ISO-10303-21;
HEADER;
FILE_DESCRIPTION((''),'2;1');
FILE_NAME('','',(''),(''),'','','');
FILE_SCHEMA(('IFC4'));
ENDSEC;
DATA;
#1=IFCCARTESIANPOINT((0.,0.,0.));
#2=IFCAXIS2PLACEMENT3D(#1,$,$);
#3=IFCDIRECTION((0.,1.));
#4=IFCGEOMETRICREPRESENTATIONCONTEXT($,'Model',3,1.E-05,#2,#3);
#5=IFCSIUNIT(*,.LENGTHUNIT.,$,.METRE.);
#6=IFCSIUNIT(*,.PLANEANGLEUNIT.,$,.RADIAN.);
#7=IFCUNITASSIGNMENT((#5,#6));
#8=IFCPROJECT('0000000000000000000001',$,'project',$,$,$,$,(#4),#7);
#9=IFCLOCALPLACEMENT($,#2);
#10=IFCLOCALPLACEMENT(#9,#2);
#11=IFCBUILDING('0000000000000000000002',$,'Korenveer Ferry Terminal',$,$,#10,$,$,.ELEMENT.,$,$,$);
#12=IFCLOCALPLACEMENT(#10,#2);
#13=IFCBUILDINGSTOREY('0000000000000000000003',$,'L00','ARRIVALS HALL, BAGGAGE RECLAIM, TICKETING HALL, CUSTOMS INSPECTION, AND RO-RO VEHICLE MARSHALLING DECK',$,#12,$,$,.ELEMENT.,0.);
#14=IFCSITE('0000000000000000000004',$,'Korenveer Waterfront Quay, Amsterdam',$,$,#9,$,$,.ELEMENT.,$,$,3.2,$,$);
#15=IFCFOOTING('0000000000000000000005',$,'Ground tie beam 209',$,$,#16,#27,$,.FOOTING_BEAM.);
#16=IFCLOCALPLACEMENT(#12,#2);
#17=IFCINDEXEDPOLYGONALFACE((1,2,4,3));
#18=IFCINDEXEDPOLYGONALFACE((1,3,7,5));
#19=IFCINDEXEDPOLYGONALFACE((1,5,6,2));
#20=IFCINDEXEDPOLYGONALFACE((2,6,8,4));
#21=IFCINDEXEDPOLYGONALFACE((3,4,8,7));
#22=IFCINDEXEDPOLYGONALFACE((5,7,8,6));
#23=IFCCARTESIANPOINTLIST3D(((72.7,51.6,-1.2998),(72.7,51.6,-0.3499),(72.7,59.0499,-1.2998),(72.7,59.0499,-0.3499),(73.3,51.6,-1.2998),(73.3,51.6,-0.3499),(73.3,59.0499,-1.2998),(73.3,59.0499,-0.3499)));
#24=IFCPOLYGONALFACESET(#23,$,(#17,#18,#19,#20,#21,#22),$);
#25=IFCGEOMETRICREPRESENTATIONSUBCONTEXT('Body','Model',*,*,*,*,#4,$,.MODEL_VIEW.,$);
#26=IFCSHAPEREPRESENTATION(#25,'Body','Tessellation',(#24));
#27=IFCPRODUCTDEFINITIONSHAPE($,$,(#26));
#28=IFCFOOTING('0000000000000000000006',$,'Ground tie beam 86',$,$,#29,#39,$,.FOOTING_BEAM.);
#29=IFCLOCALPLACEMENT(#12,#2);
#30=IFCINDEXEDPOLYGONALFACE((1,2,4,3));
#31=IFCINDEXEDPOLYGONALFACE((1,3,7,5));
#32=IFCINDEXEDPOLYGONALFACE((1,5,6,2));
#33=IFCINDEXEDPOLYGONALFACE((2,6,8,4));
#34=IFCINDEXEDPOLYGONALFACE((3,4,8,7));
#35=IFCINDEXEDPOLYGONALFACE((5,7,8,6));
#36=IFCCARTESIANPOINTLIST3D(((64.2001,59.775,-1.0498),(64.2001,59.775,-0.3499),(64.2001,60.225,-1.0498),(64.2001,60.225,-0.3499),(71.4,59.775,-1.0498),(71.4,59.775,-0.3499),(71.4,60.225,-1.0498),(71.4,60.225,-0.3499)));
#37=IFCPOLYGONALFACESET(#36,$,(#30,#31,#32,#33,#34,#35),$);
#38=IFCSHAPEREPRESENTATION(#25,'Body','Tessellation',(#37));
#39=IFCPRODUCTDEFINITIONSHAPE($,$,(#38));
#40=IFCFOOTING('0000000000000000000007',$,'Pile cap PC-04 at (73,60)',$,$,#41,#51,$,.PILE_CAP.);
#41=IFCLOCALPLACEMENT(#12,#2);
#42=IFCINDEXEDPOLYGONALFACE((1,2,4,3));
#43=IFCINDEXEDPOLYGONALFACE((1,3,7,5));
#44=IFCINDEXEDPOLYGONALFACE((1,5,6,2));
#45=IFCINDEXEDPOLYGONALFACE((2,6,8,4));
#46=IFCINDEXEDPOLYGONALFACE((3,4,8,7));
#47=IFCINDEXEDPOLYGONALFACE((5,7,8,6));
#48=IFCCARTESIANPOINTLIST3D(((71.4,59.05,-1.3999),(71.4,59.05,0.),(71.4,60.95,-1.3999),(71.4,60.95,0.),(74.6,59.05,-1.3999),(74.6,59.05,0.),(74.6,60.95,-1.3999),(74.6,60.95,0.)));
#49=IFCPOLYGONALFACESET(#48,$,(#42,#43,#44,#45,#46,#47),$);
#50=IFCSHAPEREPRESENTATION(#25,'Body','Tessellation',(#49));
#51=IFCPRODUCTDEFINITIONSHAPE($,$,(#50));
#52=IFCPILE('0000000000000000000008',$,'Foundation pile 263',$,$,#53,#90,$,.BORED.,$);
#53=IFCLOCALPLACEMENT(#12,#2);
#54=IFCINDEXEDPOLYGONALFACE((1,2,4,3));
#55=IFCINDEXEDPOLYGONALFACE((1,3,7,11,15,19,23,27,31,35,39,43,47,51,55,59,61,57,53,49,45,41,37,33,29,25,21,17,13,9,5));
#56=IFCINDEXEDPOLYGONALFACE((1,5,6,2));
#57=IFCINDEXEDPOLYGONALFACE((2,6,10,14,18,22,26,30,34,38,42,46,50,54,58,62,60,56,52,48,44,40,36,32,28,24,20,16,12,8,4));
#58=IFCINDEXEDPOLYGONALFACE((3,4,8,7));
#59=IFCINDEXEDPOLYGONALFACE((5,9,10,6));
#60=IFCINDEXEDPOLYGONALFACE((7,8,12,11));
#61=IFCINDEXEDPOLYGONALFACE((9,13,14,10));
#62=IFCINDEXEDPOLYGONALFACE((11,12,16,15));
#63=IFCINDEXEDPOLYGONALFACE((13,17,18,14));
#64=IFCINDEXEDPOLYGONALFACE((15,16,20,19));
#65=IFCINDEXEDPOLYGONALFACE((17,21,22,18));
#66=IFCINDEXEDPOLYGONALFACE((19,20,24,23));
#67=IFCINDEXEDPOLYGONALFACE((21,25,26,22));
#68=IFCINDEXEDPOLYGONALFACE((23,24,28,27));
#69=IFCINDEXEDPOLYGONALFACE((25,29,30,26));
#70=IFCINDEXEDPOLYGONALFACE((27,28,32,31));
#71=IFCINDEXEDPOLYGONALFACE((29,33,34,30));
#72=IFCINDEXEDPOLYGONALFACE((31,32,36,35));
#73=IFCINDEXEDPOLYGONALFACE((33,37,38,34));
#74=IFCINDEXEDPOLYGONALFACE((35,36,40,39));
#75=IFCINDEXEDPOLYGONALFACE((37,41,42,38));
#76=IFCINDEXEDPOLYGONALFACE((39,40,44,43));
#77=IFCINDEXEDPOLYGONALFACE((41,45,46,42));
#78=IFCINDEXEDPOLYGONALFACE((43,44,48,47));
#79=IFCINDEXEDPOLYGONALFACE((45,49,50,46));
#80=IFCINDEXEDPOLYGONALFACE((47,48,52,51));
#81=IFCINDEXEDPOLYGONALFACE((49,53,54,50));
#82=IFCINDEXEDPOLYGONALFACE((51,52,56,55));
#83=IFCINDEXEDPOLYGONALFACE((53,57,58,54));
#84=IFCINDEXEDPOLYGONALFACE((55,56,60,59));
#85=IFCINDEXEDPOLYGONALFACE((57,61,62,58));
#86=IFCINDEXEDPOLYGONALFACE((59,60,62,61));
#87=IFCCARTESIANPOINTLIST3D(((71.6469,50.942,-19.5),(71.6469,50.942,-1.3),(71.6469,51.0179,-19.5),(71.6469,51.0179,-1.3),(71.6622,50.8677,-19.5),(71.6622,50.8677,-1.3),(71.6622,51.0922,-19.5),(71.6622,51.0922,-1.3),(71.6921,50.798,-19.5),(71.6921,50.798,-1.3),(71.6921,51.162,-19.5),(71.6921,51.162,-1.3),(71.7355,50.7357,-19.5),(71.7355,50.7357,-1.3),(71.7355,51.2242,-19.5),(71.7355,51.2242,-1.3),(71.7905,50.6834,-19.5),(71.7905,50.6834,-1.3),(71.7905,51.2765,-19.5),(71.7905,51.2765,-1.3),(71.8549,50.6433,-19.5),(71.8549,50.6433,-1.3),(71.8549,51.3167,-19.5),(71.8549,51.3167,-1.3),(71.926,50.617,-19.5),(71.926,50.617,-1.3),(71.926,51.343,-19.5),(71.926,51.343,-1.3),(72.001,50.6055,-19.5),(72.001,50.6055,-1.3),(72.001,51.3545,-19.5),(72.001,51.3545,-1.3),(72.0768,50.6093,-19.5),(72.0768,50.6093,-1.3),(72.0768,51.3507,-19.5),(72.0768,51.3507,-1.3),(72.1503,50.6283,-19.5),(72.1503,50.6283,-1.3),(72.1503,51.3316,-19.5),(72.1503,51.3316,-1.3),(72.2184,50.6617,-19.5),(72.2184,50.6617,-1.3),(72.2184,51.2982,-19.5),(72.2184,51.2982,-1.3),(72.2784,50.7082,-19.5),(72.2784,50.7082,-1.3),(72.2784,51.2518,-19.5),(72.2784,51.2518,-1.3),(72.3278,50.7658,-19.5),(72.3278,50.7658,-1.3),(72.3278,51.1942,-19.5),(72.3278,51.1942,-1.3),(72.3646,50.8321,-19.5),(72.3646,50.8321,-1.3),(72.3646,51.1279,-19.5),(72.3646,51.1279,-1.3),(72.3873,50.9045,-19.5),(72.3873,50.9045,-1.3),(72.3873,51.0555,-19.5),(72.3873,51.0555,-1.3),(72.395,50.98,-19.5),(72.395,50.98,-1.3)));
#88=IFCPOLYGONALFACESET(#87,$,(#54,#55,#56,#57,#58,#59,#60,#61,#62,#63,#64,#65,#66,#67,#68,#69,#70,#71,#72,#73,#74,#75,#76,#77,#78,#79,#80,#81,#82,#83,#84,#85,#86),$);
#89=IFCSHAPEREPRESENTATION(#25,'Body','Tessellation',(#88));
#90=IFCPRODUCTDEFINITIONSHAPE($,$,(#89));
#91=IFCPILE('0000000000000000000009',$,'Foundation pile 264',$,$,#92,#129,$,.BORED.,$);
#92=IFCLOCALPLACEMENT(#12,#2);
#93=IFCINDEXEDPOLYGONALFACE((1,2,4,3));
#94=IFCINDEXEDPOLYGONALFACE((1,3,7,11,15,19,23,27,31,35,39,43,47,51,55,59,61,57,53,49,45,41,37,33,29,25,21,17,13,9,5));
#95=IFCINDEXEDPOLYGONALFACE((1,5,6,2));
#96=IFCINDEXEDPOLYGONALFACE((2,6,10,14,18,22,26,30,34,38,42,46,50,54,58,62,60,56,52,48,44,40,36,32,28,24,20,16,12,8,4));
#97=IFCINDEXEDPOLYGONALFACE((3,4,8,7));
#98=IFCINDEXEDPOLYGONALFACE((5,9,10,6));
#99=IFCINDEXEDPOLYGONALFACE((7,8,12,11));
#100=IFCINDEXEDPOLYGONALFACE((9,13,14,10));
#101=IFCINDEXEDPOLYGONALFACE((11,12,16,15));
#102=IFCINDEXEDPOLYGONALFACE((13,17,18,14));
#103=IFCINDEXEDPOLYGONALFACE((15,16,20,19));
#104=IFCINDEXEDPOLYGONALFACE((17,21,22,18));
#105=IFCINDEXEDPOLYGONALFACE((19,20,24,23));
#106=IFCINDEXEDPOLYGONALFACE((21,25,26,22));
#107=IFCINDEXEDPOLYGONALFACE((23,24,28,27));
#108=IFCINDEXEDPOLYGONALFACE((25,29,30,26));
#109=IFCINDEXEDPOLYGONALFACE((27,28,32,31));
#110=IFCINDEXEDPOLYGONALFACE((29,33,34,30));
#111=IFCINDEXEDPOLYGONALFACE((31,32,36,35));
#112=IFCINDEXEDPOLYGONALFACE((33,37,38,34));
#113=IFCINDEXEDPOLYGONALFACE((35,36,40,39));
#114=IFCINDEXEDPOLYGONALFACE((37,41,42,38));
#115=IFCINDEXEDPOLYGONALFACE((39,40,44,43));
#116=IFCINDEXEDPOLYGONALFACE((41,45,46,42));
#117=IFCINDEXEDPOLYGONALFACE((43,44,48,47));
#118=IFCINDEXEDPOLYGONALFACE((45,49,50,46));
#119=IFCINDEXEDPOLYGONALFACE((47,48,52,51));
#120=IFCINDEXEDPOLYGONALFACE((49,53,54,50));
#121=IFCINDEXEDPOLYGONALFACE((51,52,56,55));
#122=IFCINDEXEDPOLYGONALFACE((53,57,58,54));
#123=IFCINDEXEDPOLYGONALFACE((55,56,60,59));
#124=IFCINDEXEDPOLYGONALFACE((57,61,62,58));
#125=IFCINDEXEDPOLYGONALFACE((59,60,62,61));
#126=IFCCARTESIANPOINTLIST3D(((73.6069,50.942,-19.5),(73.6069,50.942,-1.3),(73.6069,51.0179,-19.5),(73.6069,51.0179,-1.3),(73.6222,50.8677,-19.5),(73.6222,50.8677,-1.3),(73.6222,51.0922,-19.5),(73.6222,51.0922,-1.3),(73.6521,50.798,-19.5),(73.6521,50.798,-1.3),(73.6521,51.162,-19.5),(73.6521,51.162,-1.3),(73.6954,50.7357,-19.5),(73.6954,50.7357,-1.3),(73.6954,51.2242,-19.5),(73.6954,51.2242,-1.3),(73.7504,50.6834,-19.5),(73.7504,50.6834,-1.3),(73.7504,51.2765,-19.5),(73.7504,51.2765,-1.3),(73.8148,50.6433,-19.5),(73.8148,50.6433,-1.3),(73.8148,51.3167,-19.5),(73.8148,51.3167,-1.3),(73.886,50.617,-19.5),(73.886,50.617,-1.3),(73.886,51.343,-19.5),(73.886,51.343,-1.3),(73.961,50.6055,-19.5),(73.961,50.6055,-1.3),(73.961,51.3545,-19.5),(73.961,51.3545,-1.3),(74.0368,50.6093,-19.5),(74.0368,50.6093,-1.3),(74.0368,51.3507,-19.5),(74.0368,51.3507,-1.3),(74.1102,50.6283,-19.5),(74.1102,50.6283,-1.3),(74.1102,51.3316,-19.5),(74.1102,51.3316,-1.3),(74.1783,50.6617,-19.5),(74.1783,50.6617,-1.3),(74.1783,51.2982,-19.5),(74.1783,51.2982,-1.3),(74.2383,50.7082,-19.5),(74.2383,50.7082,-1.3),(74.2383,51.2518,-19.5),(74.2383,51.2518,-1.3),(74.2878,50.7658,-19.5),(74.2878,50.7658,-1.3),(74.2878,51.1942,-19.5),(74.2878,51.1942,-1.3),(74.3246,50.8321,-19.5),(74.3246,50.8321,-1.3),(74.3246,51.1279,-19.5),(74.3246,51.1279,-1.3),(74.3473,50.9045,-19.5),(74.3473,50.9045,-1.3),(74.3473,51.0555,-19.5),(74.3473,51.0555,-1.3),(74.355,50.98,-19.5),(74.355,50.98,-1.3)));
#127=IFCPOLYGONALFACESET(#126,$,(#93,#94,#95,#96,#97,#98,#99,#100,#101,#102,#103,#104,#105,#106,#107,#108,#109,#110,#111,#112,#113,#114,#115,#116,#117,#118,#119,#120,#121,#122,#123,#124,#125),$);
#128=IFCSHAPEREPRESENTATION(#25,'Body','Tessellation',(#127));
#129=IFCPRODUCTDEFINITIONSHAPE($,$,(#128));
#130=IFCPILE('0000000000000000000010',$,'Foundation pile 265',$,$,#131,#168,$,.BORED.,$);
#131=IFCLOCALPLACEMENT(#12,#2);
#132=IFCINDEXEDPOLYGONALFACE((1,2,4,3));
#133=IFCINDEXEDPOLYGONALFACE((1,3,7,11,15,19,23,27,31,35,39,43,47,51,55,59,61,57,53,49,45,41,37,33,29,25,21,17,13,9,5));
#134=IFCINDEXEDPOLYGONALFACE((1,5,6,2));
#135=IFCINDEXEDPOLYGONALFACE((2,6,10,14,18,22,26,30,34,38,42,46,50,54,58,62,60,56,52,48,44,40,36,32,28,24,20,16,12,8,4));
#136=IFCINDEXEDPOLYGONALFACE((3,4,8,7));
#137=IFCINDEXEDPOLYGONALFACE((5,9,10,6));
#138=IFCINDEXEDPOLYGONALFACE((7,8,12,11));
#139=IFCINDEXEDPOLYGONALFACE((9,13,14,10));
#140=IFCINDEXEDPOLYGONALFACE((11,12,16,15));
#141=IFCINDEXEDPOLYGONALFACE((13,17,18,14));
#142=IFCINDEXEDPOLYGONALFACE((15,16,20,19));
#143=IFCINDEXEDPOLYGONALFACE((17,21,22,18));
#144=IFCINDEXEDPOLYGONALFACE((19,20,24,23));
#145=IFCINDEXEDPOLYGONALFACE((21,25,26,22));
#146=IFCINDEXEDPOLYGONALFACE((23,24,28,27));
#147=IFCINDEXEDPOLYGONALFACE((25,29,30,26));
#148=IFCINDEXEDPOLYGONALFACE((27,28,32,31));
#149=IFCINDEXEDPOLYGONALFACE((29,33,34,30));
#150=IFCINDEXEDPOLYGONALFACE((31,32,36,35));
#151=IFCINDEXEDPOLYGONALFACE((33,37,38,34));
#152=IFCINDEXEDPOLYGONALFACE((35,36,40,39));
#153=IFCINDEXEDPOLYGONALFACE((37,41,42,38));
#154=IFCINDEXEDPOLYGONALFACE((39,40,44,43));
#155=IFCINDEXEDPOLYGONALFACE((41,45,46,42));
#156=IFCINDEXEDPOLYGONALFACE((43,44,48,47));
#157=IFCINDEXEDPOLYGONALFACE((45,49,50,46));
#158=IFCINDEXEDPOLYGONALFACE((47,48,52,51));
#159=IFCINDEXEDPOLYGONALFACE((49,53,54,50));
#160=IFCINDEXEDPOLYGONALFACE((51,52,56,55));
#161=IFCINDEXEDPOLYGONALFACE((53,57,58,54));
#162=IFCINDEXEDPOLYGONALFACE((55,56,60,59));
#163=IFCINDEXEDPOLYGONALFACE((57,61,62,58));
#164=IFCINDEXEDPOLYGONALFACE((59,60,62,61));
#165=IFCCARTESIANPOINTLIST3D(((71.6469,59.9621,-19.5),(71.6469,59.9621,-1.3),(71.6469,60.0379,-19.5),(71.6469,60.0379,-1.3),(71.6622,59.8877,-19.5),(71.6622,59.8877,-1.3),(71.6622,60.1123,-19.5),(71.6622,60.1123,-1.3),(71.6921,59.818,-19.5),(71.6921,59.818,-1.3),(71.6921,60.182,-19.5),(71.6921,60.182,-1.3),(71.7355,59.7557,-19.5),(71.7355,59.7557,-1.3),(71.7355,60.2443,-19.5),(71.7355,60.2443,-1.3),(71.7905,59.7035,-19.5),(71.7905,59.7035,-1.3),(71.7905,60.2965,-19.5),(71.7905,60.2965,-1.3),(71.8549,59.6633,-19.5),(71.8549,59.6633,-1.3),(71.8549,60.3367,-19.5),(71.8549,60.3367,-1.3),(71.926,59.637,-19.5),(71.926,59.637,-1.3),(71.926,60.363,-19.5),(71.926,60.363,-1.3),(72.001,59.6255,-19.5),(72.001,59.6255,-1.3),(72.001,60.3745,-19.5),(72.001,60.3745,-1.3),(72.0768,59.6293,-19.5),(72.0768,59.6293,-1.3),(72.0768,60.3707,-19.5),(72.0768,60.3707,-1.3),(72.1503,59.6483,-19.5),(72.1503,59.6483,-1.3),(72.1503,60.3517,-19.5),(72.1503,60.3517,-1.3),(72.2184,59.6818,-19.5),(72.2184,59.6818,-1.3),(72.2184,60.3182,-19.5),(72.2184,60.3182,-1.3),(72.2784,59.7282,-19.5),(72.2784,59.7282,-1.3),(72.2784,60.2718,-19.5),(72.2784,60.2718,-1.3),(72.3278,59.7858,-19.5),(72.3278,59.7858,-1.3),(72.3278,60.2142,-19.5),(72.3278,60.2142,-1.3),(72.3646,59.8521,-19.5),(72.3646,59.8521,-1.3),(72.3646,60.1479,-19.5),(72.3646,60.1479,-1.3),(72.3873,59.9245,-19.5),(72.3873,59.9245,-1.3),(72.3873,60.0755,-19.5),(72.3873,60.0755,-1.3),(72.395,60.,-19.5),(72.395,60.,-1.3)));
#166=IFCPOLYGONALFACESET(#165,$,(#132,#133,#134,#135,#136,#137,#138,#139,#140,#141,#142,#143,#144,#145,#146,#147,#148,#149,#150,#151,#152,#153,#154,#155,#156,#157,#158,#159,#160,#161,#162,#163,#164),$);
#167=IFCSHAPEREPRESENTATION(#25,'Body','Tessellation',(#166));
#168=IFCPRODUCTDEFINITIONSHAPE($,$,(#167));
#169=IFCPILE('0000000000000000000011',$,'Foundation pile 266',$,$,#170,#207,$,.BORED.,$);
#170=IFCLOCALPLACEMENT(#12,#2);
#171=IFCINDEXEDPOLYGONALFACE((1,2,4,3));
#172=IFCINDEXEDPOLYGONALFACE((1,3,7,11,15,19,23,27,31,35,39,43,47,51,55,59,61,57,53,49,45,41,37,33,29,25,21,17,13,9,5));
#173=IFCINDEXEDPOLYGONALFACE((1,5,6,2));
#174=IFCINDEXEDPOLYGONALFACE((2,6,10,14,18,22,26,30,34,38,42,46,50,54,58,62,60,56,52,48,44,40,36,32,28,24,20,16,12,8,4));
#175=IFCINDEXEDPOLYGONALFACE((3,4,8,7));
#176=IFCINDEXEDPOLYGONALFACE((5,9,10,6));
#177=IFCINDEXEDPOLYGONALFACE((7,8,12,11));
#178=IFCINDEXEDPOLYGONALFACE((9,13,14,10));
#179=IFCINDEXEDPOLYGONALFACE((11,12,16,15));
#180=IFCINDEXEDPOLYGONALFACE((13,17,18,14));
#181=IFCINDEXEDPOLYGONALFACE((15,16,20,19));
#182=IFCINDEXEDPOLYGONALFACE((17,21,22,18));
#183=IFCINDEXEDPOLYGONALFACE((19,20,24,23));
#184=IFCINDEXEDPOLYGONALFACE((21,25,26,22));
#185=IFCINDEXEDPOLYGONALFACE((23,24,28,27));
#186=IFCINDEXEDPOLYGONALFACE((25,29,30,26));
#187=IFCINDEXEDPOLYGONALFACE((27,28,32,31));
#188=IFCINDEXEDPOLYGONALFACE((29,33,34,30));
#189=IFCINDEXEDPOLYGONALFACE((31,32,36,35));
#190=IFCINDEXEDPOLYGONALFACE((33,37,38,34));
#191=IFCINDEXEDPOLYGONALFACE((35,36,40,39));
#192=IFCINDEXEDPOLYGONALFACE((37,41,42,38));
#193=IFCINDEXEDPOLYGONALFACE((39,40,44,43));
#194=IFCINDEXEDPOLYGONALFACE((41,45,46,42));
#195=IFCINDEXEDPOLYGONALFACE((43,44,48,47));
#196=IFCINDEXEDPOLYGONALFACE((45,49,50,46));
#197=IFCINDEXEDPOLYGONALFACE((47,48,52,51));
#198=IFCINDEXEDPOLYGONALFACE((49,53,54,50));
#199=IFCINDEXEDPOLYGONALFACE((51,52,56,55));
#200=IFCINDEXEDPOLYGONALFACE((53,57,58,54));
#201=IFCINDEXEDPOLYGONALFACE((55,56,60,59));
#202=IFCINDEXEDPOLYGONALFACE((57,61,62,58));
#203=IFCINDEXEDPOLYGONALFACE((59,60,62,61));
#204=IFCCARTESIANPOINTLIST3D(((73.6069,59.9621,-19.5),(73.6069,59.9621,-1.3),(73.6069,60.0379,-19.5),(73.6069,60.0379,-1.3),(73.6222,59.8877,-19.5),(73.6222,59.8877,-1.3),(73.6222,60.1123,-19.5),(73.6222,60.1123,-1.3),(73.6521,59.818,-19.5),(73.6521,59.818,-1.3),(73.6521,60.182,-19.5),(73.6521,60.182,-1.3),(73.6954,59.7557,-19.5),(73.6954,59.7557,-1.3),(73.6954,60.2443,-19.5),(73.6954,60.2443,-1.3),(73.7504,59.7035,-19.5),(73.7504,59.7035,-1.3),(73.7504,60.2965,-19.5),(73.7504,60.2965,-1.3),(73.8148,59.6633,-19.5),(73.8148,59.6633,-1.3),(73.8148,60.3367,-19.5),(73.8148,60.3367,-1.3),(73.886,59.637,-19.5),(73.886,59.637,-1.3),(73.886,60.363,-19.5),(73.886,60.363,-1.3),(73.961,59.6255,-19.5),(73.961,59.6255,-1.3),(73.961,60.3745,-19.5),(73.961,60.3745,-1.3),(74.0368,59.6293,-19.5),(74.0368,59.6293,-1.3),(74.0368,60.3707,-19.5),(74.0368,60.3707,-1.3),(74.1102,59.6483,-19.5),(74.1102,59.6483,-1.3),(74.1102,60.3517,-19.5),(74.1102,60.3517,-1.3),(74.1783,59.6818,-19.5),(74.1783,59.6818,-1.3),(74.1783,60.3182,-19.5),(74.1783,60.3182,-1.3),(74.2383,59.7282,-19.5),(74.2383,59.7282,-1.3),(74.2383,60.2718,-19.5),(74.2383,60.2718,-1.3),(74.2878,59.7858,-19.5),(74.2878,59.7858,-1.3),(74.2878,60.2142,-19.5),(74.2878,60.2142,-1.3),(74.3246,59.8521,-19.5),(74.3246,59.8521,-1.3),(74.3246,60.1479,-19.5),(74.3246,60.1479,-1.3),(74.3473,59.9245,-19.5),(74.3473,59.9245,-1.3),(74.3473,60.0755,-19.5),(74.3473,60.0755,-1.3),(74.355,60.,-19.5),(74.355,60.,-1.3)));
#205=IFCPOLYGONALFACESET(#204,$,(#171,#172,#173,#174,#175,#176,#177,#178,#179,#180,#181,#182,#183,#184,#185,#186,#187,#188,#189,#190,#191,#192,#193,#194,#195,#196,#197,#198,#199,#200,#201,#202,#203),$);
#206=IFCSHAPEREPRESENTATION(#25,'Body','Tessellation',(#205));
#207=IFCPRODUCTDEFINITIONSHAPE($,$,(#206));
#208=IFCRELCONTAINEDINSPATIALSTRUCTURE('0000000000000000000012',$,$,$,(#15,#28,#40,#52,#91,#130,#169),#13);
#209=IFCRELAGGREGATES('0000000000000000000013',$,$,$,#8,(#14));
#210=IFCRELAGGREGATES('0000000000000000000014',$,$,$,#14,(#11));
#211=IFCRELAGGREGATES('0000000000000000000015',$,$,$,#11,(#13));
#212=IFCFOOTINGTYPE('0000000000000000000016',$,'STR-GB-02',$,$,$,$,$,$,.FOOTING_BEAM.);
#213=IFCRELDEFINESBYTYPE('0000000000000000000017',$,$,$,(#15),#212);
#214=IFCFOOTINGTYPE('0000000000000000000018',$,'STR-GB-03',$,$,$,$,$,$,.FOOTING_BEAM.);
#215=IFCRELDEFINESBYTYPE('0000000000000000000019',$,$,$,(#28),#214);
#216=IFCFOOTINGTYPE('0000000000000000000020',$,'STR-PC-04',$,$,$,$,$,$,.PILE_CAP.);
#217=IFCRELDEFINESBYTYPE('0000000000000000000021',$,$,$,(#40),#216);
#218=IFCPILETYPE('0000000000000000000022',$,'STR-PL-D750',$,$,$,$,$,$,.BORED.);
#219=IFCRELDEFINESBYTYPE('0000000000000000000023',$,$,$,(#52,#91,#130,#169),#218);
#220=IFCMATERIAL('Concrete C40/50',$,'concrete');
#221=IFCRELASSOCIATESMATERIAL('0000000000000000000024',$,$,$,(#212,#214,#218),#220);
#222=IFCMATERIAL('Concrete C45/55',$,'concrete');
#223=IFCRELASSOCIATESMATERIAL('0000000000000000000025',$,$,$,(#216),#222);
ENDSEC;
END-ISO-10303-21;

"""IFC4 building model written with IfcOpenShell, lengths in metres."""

from ifc_helpers import new_model, si_unit, direction, frame, origin, origin_2d, place, context, subcontext, project, spatial, rectangle, circle, extrude, material, material_profile, profile_set, type_object, element, save


model = new_model("IFC4")

# Units and contexts
model_context = context("Model", 3, precision=1e-05, world=origin(), true_north=direction((0.0, 1.0)))
body_context = subcontext(model_context, "Body", "Model", "MODEL_VIEW")
ifc_project = project(units=[si_unit("LENGTHUNIT", "METRE"), si_unit("PLANEANGLEUNIT", "RADIAN")], contexts=[model_context])

# Site, building, storey
site_placement = place(None, origin())
site = spatial("IfcSite", under=ifc_project, at=site_placement, Name="Korenveer Waterfront Quay, Amsterdam", CompositionType="ELEMENT", RefElevation=3.2)
building_placement = place(site_placement, origin())
building = spatial("IfcBuilding", under=site, at=building_placement, Name="Korenveer Ferry Terminal", CompositionType="ELEMENT")
storey_placement = place(building_placement, origin())
storey = spatial("IfcBuildingStorey", under=building, at=storey_placement, Name="L00", Description="ARRIVALS HALL, BAGGAGE RECLAIM, TICKETING HALL, CUSTOMS INSPECTION, AND RO-RO VEHICLE MARSHALLING DECK", CompositionType="ELEMENT", Elevation=0.0)

# Footings
ifc_material_1 = material(Name="Concrete C40/50", Category="concrete")
footing_type_1 = type_object("IfcFootingType", Name="STR-GB-02", PredefinedType="FOOTING_BEAM", material=ifc_material_1)
footing_1_placement = place(storey_placement, frame((73.0, 55.325, -1.2998), z_axis=(0.0, 0.0, 1.0), x_axis=(1.0, 0.0, 0.0)))
element("IfcFooting", 1, at=footing_1_placement, inside=storey, type_object=footing_type_1, Name="Ground tie beam 209", PredefinedType="FOOTING_BEAM", context=body_context, shape_type="SweptSolid", body=[
    extrude(rectangle(XDim=0.6001, YDim=7.45, at=origin_2d()), origin(), (0.0, 0.0, 1.0), 0.95),
])
footing_type_2 = type_object("IfcFootingType", Name="STR-GB-03", PredefinedType="FOOTING_BEAM", material=ifc_material_1)
footing_2_placement = place(storey_placement, frame((67.8, 60.0, -1.0498), z_axis=(0.0, 0.0, 1.0), x_axis=(1.0, 0.0, 0.0)))
element("IfcFooting", 2, at=footing_2_placement, inside=storey, type_object=footing_type_2, Name="Ground tie beam 86", PredefinedType="FOOTING_BEAM", context=body_context, shape_type="SweptSolid", body=[
    extrude(rectangle(XDim=7.2, YDim=0.45, at=origin_2d()), origin(), (0.0, 0.0, 1.0), 0.7),
])
ifc_material_2 = material(Name="Concrete C45/55", Category="concrete")
footing_type_3 = type_object("IfcFootingType", Name="STR-PC-04", PredefinedType="PILE_CAP", material=ifc_material_2)
footing_3_placement = place(storey_placement, frame((73.0, 60.0, -1.3999), z_axis=(0.0, 0.0, 1.0), x_axis=(1.0, 0.0, 0.0)))
element("IfcFooting", 3, at=footing_3_placement, inside=storey, type_object=footing_type_3, Name="Pile cap PC-04 at (73,60)", PredefinedType="PILE_CAP", context=body_context, shape_type="SweptSolid", body=[
    extrude(rectangle(XDim=3.2, YDim=1.8999, at=origin_2d()), origin(), (0.0, 0.0, 1.0), 1.3999),
])

# Piles
ifc_material_profile_1 = material_profile(ifc_material_1, circle(Radius=0.375, at=origin_2d()), Name="PILE D750")
ifc_profile_set_1 = profile_set([ifc_material_profile_1], Name="Concrete C40/50")
pile_type = type_object("IfcPileType", Name="STR-PL-D750", PredefinedType="BORED", material=ifc_profile_set_1)
for number, where, z_axis, x_axis, name in (
    (4, (72.02, 50.98, -1.3), (0.0, 0.0, -1.0), (1.0, 0.0, 0.0), "Foundation pile 263"),
    (5, (73.98, 50.98, -1.3), (0.0, 0.0, -1.0), (1.0, 0.0, 0.0), "Foundation pile 264"),
    (6, (72.02, 60.0, -1.3), (0.0, 0.0, -1.0), (1.0, 0.0, 0.0), "Foundation pile 265"),
    (7, (73.98, 60.0, -1.3), (0.0, 0.0, -1.0), (1.0, 0.0, 0.0), "Foundation pile 266"),
):
    element("IfcPile", number, at=place(storey_placement, frame(where, z_axis=z_axis, x_axis=x_axis)), inside=storey, type_object=pile_type, Name=name, PredefinedType="BORED", context=body_context, shape_type="SweptSolid", body=[
        extrude(circle(Radius=0.375, at=origin_2d()), origin(), (0.0, 0.0, 1.0), 18.2),
    ])

save(model, "model.ifc")
